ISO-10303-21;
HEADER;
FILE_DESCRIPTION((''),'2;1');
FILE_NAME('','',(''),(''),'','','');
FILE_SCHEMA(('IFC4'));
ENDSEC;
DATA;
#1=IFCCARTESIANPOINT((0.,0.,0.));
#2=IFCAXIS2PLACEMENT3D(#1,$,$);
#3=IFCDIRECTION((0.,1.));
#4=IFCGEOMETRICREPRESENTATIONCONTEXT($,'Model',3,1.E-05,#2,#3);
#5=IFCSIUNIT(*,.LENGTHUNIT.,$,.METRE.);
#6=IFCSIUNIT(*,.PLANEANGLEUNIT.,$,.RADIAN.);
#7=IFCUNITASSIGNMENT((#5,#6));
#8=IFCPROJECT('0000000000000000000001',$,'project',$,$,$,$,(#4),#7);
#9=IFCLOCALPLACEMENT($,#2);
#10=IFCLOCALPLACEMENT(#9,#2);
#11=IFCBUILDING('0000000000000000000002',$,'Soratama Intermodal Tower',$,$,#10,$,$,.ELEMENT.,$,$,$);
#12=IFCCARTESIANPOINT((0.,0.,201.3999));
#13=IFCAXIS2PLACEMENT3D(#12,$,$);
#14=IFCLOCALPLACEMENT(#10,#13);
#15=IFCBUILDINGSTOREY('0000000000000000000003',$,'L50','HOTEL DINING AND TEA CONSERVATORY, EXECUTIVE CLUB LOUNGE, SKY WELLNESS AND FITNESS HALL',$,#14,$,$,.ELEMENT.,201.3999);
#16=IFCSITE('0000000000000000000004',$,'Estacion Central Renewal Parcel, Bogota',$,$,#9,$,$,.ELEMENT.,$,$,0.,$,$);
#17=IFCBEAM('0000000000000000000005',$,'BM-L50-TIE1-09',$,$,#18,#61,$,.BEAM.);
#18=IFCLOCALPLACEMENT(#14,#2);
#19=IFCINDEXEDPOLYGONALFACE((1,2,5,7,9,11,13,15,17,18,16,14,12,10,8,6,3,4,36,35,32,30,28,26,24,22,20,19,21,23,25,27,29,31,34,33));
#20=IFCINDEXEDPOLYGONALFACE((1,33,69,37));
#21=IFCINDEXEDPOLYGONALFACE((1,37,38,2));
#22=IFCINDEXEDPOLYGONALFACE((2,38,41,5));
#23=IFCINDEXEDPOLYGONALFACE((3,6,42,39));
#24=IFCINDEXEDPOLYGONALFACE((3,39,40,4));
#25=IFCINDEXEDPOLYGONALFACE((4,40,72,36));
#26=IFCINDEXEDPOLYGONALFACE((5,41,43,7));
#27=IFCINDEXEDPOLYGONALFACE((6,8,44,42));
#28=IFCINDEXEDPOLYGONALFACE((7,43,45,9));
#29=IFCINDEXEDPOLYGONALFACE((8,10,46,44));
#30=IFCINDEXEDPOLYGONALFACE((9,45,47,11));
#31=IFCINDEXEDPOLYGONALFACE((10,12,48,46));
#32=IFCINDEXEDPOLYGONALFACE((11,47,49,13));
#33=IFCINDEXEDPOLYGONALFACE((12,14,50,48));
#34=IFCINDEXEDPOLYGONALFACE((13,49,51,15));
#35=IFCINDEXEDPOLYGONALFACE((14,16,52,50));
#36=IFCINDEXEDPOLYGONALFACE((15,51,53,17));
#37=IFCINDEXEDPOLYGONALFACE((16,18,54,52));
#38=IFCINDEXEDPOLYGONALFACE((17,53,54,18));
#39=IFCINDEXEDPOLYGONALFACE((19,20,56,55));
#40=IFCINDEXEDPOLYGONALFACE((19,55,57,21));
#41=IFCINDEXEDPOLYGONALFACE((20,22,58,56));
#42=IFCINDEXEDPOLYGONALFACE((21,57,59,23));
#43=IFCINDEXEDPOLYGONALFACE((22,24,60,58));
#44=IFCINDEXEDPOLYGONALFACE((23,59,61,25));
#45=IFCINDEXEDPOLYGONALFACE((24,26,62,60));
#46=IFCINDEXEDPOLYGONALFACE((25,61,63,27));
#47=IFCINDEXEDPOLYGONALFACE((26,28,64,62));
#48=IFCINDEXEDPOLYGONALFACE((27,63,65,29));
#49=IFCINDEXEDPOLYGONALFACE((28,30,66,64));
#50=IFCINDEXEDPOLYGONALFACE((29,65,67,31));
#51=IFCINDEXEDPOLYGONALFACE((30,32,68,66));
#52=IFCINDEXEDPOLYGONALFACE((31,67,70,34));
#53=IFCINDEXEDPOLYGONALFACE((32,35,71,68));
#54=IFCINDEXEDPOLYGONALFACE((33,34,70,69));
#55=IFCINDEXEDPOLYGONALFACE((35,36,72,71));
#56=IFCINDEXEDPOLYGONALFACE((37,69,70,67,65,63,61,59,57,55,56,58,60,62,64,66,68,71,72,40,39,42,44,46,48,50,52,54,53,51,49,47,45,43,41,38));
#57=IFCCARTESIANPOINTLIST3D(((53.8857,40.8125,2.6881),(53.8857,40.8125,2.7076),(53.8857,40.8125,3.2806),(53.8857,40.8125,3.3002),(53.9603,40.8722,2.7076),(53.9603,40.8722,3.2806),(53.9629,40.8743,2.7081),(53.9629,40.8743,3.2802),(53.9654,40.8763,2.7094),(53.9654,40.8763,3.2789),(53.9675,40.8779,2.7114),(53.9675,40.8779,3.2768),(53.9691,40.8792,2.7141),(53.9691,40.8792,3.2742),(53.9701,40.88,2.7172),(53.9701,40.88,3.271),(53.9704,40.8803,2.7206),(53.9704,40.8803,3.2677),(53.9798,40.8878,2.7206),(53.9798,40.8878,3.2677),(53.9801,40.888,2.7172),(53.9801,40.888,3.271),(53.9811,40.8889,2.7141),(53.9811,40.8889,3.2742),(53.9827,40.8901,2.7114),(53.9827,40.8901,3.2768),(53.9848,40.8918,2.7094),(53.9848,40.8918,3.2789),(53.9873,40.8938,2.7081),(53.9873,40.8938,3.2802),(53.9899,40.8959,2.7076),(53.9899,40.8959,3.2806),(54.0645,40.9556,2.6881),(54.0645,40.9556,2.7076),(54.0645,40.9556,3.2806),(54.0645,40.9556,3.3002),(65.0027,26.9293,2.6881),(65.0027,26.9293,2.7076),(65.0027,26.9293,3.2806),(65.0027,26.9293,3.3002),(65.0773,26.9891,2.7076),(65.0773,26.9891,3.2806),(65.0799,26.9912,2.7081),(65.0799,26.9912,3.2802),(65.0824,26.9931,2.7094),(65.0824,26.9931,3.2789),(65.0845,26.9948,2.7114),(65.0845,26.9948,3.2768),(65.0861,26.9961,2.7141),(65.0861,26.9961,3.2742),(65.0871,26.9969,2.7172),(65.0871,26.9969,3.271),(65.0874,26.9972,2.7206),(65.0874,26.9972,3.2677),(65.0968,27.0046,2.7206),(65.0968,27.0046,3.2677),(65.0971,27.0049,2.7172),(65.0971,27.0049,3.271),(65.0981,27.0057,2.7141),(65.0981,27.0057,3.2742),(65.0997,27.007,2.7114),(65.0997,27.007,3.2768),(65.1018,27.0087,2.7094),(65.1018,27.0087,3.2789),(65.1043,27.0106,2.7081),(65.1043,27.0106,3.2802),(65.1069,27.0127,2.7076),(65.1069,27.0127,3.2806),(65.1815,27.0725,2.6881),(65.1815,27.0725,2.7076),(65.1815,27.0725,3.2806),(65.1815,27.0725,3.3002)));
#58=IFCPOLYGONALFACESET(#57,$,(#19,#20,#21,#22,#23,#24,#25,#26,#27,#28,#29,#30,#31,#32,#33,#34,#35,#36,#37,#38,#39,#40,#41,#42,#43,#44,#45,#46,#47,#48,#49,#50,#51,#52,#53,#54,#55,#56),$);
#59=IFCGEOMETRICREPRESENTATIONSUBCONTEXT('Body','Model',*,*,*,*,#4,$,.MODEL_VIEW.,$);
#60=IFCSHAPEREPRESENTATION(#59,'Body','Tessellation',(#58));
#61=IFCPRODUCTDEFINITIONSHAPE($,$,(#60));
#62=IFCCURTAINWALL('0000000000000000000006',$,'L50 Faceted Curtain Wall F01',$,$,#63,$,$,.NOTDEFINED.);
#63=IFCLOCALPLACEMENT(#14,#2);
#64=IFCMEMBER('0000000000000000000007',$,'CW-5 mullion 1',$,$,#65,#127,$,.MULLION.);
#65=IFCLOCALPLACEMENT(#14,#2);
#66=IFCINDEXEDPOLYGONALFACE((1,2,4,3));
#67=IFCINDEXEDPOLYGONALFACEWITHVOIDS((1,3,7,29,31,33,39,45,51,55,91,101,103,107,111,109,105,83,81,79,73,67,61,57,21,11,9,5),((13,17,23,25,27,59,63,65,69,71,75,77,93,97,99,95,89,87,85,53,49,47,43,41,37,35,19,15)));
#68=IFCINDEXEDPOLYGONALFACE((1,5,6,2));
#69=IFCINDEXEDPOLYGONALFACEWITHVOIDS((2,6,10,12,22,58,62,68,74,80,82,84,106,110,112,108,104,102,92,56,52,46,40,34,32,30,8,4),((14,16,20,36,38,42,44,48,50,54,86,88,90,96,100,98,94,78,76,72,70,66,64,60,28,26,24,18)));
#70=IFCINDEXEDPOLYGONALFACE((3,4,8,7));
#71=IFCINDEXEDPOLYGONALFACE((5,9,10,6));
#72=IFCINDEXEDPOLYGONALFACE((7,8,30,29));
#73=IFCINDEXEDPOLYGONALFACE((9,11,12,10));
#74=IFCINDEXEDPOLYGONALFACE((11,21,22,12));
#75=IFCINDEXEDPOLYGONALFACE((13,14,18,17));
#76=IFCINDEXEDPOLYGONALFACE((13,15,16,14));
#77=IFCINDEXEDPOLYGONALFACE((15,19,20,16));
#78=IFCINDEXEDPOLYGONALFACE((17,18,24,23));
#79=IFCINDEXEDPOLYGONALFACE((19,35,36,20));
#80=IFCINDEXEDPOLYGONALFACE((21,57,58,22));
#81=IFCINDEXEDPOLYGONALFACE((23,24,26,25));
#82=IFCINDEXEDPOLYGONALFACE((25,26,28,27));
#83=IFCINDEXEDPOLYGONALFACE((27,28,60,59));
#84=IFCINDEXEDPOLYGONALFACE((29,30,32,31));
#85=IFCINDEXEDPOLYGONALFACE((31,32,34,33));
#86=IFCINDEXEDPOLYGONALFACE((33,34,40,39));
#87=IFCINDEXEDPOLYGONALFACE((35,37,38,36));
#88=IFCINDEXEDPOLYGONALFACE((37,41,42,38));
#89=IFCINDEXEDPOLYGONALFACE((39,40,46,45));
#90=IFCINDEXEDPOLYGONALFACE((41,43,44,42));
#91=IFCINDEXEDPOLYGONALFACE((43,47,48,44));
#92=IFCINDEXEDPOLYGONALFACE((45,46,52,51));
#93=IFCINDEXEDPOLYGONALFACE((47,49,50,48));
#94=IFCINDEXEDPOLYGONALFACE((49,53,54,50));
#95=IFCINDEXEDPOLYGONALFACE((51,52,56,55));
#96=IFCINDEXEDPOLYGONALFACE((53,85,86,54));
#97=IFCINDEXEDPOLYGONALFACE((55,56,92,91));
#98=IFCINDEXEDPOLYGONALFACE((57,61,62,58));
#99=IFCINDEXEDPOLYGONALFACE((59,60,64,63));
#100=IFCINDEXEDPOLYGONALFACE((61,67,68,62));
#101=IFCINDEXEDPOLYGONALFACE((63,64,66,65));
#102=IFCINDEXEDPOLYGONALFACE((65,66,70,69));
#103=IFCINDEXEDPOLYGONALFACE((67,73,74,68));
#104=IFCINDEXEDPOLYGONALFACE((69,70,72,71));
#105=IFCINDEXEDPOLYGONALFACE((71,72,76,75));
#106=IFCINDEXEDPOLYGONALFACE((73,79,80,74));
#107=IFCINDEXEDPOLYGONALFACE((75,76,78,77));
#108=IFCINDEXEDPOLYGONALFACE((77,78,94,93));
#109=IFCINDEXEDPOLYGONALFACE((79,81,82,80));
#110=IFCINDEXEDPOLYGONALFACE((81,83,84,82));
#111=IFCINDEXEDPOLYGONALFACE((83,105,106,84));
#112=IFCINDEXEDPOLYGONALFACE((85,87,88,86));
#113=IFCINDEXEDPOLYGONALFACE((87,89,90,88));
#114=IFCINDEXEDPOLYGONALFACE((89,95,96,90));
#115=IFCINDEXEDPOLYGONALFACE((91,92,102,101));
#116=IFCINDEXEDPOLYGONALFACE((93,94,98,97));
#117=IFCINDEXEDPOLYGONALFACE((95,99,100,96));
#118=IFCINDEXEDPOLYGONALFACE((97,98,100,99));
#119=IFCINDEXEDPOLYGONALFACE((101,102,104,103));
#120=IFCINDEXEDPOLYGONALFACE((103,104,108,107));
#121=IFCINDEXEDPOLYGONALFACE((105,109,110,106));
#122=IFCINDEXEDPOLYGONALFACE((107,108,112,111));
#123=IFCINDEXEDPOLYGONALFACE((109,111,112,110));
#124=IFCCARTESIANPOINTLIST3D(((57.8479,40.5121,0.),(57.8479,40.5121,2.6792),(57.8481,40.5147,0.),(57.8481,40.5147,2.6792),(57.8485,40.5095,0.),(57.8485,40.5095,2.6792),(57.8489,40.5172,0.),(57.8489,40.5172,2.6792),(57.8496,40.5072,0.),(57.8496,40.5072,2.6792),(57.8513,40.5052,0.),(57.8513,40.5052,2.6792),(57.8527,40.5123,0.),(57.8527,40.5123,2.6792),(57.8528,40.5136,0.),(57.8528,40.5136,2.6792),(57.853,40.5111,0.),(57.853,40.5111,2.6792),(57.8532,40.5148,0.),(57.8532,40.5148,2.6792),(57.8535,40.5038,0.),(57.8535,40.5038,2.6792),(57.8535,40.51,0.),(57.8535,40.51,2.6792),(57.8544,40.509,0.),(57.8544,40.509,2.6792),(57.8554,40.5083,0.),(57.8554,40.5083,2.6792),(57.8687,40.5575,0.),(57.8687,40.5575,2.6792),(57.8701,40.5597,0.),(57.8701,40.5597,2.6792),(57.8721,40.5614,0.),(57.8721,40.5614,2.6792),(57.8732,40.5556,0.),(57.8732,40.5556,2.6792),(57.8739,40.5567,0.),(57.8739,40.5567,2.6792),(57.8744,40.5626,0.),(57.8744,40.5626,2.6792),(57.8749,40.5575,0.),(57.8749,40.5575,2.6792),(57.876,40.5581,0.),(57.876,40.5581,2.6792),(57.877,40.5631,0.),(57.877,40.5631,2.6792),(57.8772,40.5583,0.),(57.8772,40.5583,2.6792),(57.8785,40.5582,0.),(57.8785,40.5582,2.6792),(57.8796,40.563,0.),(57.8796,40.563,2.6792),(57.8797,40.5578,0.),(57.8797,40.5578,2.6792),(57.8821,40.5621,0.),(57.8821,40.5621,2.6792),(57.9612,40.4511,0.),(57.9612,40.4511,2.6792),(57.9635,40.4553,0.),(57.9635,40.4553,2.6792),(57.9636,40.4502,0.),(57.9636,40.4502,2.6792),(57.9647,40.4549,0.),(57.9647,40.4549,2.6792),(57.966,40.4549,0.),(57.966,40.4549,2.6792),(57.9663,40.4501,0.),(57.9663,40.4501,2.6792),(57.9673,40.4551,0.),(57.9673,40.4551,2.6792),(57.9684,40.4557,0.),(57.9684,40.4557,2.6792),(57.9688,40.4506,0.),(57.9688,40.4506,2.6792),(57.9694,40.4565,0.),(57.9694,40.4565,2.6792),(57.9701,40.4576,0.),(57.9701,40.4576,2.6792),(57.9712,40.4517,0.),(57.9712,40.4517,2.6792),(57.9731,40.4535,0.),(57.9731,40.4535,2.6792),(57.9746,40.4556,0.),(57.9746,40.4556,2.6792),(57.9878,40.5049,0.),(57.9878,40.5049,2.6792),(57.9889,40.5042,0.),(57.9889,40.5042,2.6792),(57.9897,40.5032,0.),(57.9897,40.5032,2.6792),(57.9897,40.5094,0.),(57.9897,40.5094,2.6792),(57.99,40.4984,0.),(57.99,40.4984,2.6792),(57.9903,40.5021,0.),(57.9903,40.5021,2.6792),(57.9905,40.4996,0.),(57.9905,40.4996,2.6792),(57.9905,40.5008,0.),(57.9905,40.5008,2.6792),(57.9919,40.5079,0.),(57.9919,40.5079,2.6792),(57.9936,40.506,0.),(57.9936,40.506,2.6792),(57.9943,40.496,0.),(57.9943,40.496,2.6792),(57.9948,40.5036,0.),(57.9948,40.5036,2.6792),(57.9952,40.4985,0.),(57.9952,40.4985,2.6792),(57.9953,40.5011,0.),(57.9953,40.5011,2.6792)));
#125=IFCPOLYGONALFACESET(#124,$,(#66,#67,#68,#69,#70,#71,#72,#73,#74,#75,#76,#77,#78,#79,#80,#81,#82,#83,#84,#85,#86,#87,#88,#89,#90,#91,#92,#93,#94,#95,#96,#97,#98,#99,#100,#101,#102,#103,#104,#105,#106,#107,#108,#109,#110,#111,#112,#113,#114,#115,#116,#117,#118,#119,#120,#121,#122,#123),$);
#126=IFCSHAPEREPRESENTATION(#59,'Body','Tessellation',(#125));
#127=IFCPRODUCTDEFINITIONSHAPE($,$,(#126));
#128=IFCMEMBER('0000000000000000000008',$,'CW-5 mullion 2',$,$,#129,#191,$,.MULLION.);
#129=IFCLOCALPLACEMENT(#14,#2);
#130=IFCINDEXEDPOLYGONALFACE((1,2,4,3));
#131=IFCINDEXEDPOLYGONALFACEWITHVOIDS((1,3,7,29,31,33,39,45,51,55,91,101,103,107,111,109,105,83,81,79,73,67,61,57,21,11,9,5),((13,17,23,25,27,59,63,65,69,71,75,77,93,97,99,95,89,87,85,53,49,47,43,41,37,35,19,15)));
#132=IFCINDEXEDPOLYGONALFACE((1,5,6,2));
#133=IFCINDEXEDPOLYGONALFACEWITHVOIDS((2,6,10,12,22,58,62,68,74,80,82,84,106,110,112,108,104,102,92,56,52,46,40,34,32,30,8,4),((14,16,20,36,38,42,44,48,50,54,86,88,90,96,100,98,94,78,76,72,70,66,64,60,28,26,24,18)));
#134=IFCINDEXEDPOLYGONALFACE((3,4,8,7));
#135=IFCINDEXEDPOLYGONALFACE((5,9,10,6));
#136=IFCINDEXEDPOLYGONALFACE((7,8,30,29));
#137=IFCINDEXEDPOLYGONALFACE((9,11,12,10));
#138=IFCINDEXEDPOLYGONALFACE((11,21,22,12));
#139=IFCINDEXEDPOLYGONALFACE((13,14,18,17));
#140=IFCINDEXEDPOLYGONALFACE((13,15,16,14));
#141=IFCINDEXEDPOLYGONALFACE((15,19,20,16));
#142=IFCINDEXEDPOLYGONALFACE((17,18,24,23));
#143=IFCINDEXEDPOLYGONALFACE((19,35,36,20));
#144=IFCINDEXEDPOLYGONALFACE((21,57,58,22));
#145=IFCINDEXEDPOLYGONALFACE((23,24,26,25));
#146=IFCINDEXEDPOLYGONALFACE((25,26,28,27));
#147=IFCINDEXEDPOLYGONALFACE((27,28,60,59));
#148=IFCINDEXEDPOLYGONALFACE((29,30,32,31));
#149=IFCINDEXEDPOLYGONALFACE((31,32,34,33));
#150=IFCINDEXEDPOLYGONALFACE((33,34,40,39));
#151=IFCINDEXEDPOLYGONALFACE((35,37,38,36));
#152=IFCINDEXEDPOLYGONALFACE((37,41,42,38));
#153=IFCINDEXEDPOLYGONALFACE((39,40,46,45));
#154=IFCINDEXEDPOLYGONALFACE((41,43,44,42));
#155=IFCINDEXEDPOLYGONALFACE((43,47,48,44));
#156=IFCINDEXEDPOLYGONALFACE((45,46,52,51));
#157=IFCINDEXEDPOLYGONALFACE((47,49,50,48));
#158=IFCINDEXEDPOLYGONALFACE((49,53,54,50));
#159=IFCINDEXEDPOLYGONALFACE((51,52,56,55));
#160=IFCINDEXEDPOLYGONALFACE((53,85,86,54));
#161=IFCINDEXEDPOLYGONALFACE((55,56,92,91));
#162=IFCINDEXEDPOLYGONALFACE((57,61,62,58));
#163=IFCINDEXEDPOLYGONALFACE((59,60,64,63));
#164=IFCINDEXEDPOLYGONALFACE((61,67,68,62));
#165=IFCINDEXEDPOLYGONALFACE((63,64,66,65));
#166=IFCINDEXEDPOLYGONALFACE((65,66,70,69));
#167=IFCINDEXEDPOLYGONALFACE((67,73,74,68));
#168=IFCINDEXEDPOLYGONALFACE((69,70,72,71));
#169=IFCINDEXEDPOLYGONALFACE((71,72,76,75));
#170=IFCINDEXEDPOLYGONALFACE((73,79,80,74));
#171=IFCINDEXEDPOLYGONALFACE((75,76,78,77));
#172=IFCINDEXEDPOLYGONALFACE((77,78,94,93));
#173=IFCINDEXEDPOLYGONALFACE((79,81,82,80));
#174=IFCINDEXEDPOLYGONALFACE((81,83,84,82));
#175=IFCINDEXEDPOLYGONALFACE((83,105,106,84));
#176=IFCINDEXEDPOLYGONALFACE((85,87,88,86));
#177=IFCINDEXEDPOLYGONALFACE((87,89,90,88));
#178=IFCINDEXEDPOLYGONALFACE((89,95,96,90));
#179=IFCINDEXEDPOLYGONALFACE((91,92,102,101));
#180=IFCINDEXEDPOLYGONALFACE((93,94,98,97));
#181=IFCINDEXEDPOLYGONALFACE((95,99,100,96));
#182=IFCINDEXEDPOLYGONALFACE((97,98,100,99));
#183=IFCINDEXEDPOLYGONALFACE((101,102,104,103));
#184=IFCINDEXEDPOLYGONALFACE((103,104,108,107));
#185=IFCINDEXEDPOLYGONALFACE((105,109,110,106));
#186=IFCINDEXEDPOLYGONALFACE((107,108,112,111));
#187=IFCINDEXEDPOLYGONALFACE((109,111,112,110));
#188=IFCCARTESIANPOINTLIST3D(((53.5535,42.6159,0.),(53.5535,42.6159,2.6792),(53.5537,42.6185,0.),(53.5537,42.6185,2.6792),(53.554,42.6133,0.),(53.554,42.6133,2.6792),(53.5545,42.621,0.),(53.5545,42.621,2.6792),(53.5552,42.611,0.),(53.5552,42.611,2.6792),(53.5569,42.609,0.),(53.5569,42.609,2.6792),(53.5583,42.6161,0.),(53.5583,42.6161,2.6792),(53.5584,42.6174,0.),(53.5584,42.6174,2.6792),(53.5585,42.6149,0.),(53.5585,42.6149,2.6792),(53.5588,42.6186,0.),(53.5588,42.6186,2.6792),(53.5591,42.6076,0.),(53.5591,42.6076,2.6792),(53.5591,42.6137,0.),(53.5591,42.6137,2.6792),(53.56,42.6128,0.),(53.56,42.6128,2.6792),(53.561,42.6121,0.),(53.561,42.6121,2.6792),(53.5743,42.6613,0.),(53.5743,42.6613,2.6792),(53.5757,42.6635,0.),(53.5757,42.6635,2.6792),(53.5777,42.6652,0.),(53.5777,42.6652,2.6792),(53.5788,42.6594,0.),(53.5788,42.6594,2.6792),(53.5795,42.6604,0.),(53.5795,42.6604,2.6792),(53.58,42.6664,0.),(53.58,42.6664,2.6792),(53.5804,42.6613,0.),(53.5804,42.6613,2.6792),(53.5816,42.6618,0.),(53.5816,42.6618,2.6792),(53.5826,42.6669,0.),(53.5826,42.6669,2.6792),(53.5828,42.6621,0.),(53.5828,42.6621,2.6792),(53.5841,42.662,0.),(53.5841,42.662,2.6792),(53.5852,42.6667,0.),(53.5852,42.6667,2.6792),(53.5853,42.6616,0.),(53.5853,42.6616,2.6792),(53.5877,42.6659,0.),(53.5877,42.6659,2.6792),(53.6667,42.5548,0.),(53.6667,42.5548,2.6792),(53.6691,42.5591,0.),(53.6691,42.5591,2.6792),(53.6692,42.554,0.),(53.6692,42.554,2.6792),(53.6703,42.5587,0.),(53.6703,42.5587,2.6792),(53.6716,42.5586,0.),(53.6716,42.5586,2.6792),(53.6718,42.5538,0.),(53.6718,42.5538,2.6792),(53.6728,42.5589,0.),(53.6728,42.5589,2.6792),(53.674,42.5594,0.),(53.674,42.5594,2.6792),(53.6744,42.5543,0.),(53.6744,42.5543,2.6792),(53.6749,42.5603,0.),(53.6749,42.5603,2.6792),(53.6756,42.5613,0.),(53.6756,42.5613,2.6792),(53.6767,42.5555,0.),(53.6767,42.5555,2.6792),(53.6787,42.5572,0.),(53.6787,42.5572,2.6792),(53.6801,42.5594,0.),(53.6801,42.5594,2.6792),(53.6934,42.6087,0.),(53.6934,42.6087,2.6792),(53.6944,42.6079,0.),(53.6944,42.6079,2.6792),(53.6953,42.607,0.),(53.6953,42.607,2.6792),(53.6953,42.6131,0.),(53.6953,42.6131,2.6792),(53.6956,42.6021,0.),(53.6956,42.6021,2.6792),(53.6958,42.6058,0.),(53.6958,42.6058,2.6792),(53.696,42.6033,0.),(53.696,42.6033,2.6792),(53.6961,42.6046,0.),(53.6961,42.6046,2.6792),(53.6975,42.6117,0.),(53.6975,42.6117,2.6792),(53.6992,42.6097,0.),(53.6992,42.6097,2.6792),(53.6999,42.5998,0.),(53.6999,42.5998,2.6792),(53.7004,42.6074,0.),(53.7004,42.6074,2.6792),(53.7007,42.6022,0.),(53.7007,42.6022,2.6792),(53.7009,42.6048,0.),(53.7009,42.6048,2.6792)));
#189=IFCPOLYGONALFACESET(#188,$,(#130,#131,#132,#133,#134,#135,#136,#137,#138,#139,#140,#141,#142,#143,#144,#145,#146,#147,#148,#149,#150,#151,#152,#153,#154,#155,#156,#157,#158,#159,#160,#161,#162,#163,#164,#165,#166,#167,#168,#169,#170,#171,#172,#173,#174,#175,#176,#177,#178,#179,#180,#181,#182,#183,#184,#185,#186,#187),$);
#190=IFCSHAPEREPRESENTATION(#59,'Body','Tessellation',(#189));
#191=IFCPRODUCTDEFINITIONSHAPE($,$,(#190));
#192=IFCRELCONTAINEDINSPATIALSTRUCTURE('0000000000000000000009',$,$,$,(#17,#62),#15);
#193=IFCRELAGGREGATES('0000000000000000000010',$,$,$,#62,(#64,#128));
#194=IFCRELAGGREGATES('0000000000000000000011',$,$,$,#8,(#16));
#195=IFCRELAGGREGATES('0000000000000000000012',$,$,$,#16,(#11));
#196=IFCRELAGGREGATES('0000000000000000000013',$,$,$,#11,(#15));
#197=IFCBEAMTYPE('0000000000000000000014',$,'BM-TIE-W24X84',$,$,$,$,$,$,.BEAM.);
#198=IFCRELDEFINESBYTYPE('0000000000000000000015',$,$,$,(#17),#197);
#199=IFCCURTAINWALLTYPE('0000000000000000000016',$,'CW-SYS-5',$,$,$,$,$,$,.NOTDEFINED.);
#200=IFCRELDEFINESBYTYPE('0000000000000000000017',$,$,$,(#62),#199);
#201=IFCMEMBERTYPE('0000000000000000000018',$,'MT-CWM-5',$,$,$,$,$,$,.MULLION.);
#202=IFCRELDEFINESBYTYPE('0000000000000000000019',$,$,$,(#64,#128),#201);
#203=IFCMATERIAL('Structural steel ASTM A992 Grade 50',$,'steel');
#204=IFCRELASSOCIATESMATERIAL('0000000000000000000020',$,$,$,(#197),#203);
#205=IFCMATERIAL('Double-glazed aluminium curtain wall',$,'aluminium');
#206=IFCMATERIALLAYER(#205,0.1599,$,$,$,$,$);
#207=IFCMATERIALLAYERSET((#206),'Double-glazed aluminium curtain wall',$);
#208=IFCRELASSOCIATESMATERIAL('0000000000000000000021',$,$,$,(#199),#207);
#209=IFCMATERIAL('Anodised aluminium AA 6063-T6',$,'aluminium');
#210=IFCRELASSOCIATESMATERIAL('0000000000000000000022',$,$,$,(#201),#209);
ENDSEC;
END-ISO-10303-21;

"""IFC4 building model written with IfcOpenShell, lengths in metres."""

from ifc_helpers import new_model, si_unit, direction, frame, origin, origin_2d, place, context, subcontext, project, spatial, hollow_rectangle, i_section, extrude, material, layer, layer_set, material_profile, profile_set, type_object, element, aggregate, save


model = new_model("IFC4")

# Units and contexts
model_context = context("Model", 3, precision=1e-05, world=origin(), true_north=direction((0.0, 1.0)))
body_context = subcontext(model_context, "Body", "Model", "MODEL_VIEW")
ifc_project = project(units=[si_unit("LENGTHUNIT", "METRE"), si_unit("PLANEANGLEUNIT", "RADIAN")], contexts=[model_context])

# Site, building, storey
site_placement = place(None, origin())
site = spatial("IfcSite", under=ifc_project, at=site_placement, Name="Estacion Central Renewal Parcel, Bogota", CompositionType="ELEMENT", RefElevation=0.0)
building_placement = place(site_placement, origin())
building = spatial("IfcBuilding", under=site, at=building_placement, Name="Soratama Intermodal Tower", CompositionType="ELEMENT")
storey_placement = place(building_placement, frame((0.0, 0.0, 201.3999)))
storey = spatial("IfcBuildingStorey", under=building, at=storey_placement, Name="L50", Description="HOTEL DINING AND TEA CONSERVATORY, EXECUTIVE CLUB LOUNGE, SKY WELLNESS AND FITNESS HALL", CompositionType="ELEMENT", Elevation=201.3999)

# Beam
ifc_material_1 = material(Name="Structural steel ASTM A992 Grade 50", Category="steel")
ifc_material_profile_1 = material_profile(ifc_material_1, i_section(OverallWidth=0.229, OverallDepth=0.6121, WebThickness=0.012, FlangeThickness=0.0195, FilletRadius=0.0129, at=origin_2d()), Name="W24X84")
ifc_profile_set_1 = profile_set([ifc_material_profile_1], Name="Structural steel ASTM A992 Grade 50")
beam_type_1 = type_object("IfcBeamType", Name="BM-TIE-W24X84", PredefinedType="BEAM", material=ifc_profile_set_1)
beam_1_placement = place(storey_placement, frame((53.9751, 40.884, 2.9941), z_axis=(0.625055, -0.780581, 0.0), x_axis=(0.780581, 0.625055, 0.0)))
element("IfcBeam", 1, at=beam_1_placement, inside=storey, type_object=beam_type_1, Name="BM-L50-TIE1-09", PredefinedType="BEAM", context=body_context, shape_type="SweptSolid", body=[
    extrude(i_section(OverallWidth=0.229, OverallDepth=0.6121, WebThickness=0.012, FlangeThickness=0.0195, FilletRadius=0.0129, at=origin_2d()), origin(), (0.0, 0.0, 1.0), 17.7856),
])

# Curtain wall, members
ifc_material_2 = material(Name="Double-glazed aluminium curtain wall", Category="aluminium")
ifc_layer_1 = layer(ifc_material_2, 0.1599)
ifc_layer_set_1 = layer_set([ifc_layer_1], Name="Double-glazed aluminium curtain wall")
curtain_wall_type = type_object("IfcCurtainWallType", Name="CW-SYS-5", PredefinedType="NOTDEFINED", material=ifc_layer_set_1)
curtain_wall_1_placement = place(storey_placement, origin())
curtain_wall_1 = element("IfcCurtainWall", 2, at=curtain_wall_1_placement, inside=storey, type_object=curtain_wall_type, Name="L50 Faceted Curtain Wall F01", PredefinedType="NOTDEFINED")
ifc_material_3 = material(Name="Anodised aluminium AA 6063-T6", Category="aluminium")
ifc_material_profile_2 = material_profile(ifc_material_3, hollow_rectangle(XDim=0.0649, YDim=0.1399, WallThickness=0.0049, InnerFilletRadius=0.0049, OuterFilletRadius=0.01, at=origin_2d()), Name="CWM140X65X5")
ifc_profile_set_2 = profile_set([ifc_material_profile_2], Name="Anodised aluminium AA 6063-T6")
member_type_1 = type_object("IfcMemberType", Name="MT-CWM-5", PredefinedType="MULLION", material=ifc_profile_set_2)
member_1_placement = place(storey_placement, frame((57.9216, 40.5066, 0.0), z_axis=(0.0, 0.0, 1.0), x_axis=(-0.439938, -0.898028, 0.0)))
member_1 = element("IfcMember", 3, at=member_1_placement, type_object=member_type_1, Name="CW-5 mullion 1", PredefinedType="MULLION", context=body_context, shape_type="SweptSolid", body=[
    extrude(hollow_rectangle(XDim=0.0649, YDim=0.1399, WallThickness=0.0049, InnerFilletRadius=0.0049, OuterFilletRadius=0.01, at=origin_2d()), origin(), (0.0, 0.0, 1.0), 2.6792),
])
member_2_placement = place(storey_placement, frame((53.6272, 42.6104, 0.0), z_axis=(0.0, 0.0, 1.0), x_axis=(-0.439938, -0.898028, 0.0)))
member_2 = element("IfcMember", 4, at=member_2_placement, type_object=member_type_1, Name="CW-5 mullion 2", PredefinedType="MULLION", context=body_context, shape_type="SweptSolid", body=[
    extrude(hollow_rectangle(XDim=0.0649, YDim=0.1399, WallThickness=0.0049, InnerFilletRadius=0.0049, OuterFilletRadius=0.01, at=origin_2d()), origin(), (0.0, 0.0, 1.0), 2.6792),
])

aggregate(curtain_wall_1, [member_1, member_2])

save(model, "model.ifc")
